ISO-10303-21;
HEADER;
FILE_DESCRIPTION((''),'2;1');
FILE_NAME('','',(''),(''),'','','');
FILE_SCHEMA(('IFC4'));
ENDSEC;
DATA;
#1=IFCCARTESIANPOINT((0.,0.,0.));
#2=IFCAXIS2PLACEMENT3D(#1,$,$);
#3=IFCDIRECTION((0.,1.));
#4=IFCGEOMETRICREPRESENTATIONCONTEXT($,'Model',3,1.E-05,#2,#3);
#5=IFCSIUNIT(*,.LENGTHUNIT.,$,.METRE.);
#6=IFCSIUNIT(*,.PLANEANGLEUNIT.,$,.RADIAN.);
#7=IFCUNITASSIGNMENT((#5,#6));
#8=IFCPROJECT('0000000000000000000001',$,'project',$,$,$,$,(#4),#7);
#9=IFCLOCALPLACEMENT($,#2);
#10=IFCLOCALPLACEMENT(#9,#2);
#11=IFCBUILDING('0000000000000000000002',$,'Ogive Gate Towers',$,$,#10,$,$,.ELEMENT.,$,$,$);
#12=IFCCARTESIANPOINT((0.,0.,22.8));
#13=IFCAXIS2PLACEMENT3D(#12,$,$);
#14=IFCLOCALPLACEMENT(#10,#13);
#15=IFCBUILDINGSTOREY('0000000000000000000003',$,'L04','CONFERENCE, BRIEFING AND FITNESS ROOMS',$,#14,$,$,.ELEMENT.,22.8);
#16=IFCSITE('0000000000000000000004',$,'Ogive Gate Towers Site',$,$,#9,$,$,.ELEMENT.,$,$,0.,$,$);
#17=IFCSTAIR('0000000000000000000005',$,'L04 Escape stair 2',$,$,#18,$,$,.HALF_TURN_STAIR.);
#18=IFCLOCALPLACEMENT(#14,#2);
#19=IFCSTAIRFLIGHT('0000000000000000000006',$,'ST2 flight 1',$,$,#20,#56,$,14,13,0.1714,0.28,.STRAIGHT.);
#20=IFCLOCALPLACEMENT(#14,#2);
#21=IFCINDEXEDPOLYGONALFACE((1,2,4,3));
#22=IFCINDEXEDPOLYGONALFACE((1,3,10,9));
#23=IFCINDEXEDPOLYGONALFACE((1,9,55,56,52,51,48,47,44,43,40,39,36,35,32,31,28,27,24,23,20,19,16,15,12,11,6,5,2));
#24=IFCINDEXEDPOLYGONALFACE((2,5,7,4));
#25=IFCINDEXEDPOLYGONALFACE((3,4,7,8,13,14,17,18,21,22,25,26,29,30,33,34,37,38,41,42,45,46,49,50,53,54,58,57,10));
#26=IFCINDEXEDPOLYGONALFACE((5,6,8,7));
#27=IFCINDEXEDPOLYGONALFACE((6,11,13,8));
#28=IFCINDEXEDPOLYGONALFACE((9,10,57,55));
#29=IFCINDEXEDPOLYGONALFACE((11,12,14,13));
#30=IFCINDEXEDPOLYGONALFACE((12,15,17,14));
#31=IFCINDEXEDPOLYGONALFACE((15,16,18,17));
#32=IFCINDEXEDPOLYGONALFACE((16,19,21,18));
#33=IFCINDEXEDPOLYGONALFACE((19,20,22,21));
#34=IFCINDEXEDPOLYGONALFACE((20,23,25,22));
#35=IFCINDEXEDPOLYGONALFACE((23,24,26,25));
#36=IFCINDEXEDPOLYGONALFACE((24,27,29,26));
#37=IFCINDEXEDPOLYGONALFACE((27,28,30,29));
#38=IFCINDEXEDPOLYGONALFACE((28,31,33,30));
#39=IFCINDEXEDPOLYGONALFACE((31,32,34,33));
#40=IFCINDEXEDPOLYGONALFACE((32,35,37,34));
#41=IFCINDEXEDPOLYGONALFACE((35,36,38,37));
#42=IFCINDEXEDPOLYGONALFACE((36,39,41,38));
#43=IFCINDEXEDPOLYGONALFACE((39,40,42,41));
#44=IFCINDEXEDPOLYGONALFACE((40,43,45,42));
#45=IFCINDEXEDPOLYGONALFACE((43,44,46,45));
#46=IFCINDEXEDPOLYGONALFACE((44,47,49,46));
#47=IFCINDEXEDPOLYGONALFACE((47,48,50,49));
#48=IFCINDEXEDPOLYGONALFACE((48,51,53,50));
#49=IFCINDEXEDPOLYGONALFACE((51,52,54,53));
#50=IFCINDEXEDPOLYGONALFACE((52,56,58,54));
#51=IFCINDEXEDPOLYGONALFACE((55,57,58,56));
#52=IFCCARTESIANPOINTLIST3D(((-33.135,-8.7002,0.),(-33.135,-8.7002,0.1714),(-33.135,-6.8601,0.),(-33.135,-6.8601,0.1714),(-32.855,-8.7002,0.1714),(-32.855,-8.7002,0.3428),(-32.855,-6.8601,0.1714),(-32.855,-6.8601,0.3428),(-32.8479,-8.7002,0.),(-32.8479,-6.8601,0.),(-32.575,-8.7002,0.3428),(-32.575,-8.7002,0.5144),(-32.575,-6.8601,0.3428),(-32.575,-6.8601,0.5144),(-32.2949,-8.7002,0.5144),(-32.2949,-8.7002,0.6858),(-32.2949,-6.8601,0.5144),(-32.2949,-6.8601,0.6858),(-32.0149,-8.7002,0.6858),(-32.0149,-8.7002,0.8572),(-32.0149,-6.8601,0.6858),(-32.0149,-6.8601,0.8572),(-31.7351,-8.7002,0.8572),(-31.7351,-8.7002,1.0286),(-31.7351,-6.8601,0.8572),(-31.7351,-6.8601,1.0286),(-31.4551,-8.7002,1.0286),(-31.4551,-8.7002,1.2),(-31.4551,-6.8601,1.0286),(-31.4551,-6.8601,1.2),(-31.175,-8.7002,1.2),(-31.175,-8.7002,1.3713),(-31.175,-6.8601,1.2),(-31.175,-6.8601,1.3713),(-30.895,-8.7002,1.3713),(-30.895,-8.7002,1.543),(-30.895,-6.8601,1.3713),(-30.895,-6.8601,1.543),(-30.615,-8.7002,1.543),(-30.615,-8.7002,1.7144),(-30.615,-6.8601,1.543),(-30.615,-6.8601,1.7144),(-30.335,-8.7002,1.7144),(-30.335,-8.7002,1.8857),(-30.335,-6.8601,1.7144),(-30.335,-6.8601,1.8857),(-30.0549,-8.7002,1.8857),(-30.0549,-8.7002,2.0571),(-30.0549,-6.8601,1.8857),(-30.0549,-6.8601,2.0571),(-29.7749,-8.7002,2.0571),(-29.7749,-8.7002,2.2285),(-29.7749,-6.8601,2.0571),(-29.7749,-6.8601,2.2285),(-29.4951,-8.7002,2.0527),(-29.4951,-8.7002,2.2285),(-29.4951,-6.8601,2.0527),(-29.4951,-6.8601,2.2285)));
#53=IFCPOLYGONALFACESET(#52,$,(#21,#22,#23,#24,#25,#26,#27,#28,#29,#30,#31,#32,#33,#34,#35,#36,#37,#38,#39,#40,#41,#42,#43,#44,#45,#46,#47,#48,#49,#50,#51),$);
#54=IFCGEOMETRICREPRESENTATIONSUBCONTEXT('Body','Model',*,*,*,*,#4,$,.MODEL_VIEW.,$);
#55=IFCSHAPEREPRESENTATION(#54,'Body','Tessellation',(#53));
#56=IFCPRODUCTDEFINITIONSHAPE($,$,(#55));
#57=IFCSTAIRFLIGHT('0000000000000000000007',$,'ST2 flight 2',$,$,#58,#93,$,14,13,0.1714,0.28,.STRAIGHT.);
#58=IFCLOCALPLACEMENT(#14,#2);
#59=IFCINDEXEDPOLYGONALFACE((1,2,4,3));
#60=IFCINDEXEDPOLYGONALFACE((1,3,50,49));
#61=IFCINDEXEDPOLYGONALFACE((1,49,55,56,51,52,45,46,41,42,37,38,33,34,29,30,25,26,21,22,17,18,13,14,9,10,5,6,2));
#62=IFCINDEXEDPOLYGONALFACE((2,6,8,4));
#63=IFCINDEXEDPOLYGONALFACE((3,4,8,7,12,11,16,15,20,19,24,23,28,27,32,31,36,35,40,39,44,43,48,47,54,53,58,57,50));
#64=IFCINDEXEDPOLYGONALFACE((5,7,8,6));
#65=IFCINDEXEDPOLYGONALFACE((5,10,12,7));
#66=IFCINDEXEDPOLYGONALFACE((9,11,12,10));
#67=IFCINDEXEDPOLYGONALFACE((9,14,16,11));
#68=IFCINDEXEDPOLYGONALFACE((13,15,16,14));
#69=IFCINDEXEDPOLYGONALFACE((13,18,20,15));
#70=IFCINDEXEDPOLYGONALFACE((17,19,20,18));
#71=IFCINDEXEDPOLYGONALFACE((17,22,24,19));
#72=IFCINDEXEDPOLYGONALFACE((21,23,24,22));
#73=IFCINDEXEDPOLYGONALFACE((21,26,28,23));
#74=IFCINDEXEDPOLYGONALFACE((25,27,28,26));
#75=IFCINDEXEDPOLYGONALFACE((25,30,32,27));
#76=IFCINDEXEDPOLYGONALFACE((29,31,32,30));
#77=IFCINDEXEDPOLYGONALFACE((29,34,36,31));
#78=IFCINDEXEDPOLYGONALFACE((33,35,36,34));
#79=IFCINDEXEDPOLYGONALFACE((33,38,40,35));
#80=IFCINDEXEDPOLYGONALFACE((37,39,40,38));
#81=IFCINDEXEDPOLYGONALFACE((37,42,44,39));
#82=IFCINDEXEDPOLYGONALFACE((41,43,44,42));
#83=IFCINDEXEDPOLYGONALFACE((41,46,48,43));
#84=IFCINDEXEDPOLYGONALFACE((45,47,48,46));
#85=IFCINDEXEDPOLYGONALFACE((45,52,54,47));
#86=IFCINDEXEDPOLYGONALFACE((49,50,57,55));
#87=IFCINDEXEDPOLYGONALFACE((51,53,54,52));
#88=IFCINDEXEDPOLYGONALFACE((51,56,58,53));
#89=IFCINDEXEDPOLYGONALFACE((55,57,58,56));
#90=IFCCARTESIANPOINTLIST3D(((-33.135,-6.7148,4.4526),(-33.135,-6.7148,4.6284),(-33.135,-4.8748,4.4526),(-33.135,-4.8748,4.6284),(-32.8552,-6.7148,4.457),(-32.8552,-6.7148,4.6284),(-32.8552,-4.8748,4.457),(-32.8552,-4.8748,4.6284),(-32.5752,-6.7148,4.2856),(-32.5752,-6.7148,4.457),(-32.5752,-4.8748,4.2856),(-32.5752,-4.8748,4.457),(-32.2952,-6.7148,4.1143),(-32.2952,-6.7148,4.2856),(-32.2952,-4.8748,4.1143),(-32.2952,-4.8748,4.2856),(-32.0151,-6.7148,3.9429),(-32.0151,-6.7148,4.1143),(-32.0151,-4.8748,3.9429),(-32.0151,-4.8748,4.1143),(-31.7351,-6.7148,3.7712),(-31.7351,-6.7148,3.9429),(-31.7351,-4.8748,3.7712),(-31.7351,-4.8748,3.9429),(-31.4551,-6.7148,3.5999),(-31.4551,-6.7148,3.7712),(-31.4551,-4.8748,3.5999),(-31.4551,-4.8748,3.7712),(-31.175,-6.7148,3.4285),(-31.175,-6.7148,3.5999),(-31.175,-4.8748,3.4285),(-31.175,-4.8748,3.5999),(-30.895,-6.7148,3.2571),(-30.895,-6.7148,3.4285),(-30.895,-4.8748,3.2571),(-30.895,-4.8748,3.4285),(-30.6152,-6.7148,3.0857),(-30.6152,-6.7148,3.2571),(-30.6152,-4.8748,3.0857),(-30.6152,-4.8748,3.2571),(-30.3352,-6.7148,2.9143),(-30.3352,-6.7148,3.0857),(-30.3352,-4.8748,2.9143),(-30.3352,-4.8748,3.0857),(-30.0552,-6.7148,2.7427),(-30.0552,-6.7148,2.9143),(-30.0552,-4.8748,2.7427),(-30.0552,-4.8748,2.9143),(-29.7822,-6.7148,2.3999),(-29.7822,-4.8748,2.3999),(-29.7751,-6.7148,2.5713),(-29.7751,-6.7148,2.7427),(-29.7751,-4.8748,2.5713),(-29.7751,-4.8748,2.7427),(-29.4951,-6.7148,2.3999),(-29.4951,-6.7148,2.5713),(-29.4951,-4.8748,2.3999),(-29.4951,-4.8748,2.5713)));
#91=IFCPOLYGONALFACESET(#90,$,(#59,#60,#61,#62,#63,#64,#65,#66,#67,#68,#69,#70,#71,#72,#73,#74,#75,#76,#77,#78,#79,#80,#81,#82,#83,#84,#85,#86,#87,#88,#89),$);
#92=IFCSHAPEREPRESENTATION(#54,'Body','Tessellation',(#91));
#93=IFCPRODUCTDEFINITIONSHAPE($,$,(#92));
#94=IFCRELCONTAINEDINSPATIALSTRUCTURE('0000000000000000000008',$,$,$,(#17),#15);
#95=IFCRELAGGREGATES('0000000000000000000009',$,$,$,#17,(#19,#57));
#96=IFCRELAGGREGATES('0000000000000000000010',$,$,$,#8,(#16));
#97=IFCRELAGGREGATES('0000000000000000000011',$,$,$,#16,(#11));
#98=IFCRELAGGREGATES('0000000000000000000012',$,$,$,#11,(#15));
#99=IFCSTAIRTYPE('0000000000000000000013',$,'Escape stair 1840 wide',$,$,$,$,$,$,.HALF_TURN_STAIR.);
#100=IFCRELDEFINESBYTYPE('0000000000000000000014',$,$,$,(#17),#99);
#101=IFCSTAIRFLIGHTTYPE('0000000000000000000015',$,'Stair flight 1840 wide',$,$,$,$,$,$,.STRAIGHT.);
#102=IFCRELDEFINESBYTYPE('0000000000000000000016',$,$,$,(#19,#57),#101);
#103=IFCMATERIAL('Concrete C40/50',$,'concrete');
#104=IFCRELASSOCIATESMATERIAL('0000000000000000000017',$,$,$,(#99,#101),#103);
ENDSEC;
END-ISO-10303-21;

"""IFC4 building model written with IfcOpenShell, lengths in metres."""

from ifc_helpers import new_model, si_unit, direction, frame, origin, place, context, subcontext, project, spatial, polyline, outline, extrude, material, type_object, element, aggregate, save


model = new_model("IFC4")

# Units and contexts
model_context = context("Model", 3, precision=1e-05, world=origin(), true_north=direction((0.0, 1.0)))
body_context = subcontext(model_context, "Body", "Model", "MODEL_VIEW")
ifc_project = project(units=[si_unit("LENGTHUNIT", "METRE"), si_unit("PLANEANGLEUNIT", "RADIAN")], contexts=[model_context])

# Site, building, storey
site_placement = place(None, origin())
site = spatial("IfcSite", under=ifc_project, at=site_placement, Name="Ogive Gate Towers Site", CompositionType="ELEMENT", RefElevation=0.0)
building_placement = place(site_placement, origin())
building = spatial("IfcBuilding", under=site, at=building_placement, Name="Ogive Gate Towers", CompositionType="ELEMENT")
storey_placement = place(building_placement, frame((0.0, 0.0, 22.8)))
storey = spatial("IfcBuildingStorey", under=building, at=storey_placement, Name="L04", Description="CONFERENCE, BRIEFING AND FITNESS ROOMS", CompositionType="ELEMENT", Elevation=22.8)

# Stair, stair flights
ifc_material_1 = material(Name="Concrete C40/50", Category="concrete")
stair_type = type_object("IfcStairType", Name="Escape stair 1840 wide", PredefinedType="HALF_TURN_STAIR", material=ifc_material_1)
stair_placement = place(storey_placement, origin())
stair = element("IfcStair", 1, at=stair_placement, inside=storey, type_object=stair_type, Name="L04 Escape stair 2", PredefinedType="HALF_TURN_STAIR")
stair_flight_type = type_object("IfcStairFlightType", Name="Stair flight 1840 wide", PredefinedType="STRAIGHT", material=ifc_material_1)
stair_flight_1_placement = place(storey_placement, frame((-33.135, -7.78, 0.0), z_axis=(0.0, 0.0, 1.0), x_axis=(1.0, 0.0, 0.0)))
stair_flight_1 = element("IfcStairFlight", 2, at=stair_flight_1_placement, type_object=stair_flight_type, Name="ST2 flight 1", NumberOfRisers=14, NumberOfTreads=13, PredefinedType="STRAIGHT", RiserHeight=0.1714, TreadLength=0.28, context=body_context, shape_type="SweptSolid", body=[
    extrude(outline(polyline([(0.0, 0.0), (0.0, 0.1714), (0.28, 0.1714), (0.28, 0.3428), (0.5601, 0.3428), (0.5601, 0.5144), (0.8401, 0.5144), (0.8401, 0.6858), (1.1201, 0.6858), (1.1201, 0.8572), (1.3999, 0.8572), (1.3999, 1.0286), (1.6799, 1.0286), (1.6799, 1.2), (1.96, 1.2), (1.96, 1.3713), (2.24, 1.3713), (2.24, 1.543), (2.52, 1.543), (2.52, 1.7144), (2.8, 1.7144), (2.8, 1.8857), (3.0801, 1.8857), (3.0801, 2.0571), (3.3601, 2.0571), (3.3601, 2.2285), (3.6399, 2.2285), (3.6399, 2.3999), (3.6399, 2.0527), (0.2871, 0.0), (0.0, 0.0)])), frame((0.0, 0.9199, 0.0), z_axis=(0.0, -1.0, 0.0), x_axis=(1.0, 0.0, 0.0)), (0.0, 0.0, 1.0), 1.8401),
])
stair_flight_2_placement = place(storey_placement, frame((-29.4951, -5.7949, 2.3999), z_axis=(0.0, 0.0, 1.0), x_axis=(-1.0, 0.0, 0.0)))
stair_flight_2 = element("IfcStairFlight", 3, at=stair_flight_2_placement, type_object=stair_flight_type, Name="ST2 flight 2", NumberOfRisers=14, NumberOfTreads=13, PredefinedType="STRAIGHT", RiserHeight=0.1714, TreadLength=0.28, context=body_context, shape_type="SweptSolid", body=[
    extrude(outline(polyline([(0.0, 0.0), (0.0, 0.1714), (0.28, 0.1714), (0.28, 0.3428), (0.5601, 0.3428), (0.5601, 0.5144), (0.8401, 0.5144), (0.8401, 0.6858), (1.1201, 0.6858), (1.1201, 0.8572), (1.3999, 0.8572), (1.3999, 1.0286), (1.6799, 1.0286), (1.6799, 1.2), (1.96, 1.2), (1.96, 1.3713), (2.24, 1.3713), (2.24, 1.543), (2.52, 1.543), (2.52, 1.7144), (2.8, 1.7144), (2.8, 1.8857), (3.0801, 1.8857), (3.0801, 2.0571), (3.3601, 2.0571), (3.3601, 2.2285), (3.6399, 2.2285), (3.6399, 2.3999), (3.6399, 2.0527), (0.2871, 0.0), (0.0, 0.0)])), frame((0.0, 0.9199, 0.0), z_axis=(0.0, -1.0, 0.0), x_axis=(1.0, 0.0, 0.0)), (0.0, 0.0, 1.0), 1.8401),
])
aggregate(stair, [stair_flight_1, stair_flight_2])

save(model, "model.ifc")
